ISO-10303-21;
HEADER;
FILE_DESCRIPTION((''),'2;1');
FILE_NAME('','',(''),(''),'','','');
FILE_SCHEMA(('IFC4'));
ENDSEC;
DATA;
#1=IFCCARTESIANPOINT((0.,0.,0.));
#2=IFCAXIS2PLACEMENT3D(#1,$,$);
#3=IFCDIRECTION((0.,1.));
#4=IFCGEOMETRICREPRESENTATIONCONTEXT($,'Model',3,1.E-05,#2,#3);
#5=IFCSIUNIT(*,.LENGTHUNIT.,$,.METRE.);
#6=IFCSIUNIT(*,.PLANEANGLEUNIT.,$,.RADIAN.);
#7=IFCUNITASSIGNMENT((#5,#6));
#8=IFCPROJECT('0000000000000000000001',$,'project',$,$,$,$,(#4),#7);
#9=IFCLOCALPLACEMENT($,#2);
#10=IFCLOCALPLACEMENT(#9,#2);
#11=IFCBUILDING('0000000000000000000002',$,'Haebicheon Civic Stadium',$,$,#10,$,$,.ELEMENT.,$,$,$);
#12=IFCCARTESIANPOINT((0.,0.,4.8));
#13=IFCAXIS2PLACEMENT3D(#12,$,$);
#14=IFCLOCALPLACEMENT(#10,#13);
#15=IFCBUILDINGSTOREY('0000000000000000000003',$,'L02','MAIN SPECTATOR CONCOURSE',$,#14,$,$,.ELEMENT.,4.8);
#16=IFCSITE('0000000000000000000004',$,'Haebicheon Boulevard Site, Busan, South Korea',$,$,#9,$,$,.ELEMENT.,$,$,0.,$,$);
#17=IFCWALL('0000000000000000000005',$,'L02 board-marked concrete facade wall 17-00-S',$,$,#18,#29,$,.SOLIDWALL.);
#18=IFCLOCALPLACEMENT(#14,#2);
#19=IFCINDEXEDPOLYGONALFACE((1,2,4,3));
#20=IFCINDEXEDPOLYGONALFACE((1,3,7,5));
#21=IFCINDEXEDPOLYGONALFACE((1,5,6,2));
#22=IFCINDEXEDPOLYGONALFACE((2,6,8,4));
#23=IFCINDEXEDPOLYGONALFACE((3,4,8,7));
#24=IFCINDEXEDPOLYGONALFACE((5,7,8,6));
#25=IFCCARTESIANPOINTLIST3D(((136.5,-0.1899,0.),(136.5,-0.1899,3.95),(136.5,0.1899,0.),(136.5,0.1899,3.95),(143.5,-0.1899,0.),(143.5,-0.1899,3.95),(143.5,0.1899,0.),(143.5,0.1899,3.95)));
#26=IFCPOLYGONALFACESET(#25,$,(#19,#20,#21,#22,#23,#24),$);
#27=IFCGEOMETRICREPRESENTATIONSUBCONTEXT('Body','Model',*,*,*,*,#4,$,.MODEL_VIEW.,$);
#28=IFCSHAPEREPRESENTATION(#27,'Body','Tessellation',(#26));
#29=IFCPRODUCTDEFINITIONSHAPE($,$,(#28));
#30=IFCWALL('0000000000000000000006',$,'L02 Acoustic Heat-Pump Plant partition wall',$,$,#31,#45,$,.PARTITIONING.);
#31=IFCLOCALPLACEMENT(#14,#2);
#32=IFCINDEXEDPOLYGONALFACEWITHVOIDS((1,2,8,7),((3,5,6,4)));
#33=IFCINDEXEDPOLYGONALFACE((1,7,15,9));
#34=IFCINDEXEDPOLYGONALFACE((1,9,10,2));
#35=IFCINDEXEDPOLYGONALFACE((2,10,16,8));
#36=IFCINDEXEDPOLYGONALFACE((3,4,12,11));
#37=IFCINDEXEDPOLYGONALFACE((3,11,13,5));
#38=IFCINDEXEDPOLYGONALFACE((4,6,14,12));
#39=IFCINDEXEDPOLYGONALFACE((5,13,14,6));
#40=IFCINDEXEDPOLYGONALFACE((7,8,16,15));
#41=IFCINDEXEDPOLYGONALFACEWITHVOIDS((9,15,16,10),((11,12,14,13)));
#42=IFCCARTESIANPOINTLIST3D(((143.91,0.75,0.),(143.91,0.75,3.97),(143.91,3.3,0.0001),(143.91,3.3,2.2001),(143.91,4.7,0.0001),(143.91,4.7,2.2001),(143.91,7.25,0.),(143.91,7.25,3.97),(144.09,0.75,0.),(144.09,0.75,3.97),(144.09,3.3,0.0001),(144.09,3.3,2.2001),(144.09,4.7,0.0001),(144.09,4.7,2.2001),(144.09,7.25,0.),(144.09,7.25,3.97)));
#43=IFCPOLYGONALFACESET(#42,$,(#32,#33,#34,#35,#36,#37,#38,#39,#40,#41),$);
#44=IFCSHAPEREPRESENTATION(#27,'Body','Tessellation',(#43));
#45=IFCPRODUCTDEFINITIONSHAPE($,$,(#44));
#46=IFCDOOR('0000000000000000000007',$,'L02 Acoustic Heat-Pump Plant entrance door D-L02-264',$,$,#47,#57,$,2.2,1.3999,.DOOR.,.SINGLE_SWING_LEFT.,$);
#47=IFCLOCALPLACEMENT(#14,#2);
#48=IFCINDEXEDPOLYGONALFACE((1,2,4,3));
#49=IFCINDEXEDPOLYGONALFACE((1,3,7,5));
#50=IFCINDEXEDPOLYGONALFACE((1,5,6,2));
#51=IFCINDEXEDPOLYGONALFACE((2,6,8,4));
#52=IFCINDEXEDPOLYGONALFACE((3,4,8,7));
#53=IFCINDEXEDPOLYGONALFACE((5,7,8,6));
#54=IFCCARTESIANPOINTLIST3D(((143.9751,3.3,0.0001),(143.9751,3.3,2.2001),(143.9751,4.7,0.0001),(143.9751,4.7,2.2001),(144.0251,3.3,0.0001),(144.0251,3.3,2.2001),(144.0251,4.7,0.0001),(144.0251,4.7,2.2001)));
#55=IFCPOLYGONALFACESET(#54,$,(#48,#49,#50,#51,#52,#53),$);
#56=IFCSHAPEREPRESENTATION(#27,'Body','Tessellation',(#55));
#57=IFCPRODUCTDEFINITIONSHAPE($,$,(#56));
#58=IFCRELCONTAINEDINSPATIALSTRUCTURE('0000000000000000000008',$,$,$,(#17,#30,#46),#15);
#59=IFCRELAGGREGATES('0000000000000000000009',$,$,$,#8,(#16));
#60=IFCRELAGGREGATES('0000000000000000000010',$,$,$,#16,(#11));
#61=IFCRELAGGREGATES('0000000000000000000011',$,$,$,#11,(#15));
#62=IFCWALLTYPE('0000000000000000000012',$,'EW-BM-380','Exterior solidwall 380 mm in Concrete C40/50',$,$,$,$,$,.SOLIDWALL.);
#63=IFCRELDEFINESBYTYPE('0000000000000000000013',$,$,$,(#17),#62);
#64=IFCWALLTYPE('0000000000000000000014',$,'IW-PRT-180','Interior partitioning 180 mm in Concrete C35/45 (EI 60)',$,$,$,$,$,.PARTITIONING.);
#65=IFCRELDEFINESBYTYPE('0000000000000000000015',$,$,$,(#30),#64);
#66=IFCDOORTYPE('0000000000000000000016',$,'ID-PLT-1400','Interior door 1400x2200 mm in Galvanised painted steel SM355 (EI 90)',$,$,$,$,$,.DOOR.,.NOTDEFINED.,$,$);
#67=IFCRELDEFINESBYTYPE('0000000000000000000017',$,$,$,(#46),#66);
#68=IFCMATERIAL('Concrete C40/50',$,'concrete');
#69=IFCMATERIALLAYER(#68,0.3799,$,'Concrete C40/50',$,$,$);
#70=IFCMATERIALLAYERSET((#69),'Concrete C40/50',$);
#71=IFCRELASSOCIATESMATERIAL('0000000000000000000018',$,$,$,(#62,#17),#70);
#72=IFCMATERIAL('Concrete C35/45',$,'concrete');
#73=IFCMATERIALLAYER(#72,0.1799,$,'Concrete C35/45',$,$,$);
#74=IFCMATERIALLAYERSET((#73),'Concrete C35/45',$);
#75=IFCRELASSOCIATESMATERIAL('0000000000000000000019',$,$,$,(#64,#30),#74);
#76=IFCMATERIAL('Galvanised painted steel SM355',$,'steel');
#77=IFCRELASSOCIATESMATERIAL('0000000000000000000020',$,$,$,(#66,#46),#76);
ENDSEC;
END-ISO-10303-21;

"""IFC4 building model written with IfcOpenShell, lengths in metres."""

from ifc_helpers import new_model, si_unit, direction, frame, frame_2d, origin, place, context, subcontext, project, spatial, rectangle, extrude, material, layer, layer_set, type_object, element, fill, save


model = new_model("IFC4")

# Units and contexts
model_context = context("Model", 3, precision=1e-05, world=origin(), true_north=direction((0.0, 1.0)))
body_context = subcontext(model_context, "Body", "Model", "MODEL_VIEW")
ifc_project = project(units=[si_unit("LENGTHUNIT", "METRE"), si_unit("PLANEANGLEUNIT", "RADIAN")], contexts=[model_context])

# Site, building, storey
site_placement = place(None, origin())
site = spatial("IfcSite", under=ifc_project, at=site_placement, Name="Haebicheon Boulevard Site, Busan, South Korea", CompositionType="ELEMENT", RefElevation=0.0)
building_placement = place(site_placement, origin())
building = spatial("IfcBuilding", under=site, at=building_placement, Name="Haebicheon Civic Stadium", CompositionType="ELEMENT")
storey_placement = place(building_placement, frame((0.0, 0.0, 4.8)))
storey = spatial("IfcBuildingStorey", under=building, at=storey_placement, Name="L02", Description="MAIN SPECTATOR CONCOURSE", CompositionType="ELEMENT", Elevation=4.8)

# Wall
ifc_material_1 = material(Name="Concrete C40/50", Category="concrete")
ifc_layer_1 = layer(ifc_material_1, 0.3799, Name="Concrete C40/50")
ifc_layer_set_1 = layer_set([ifc_layer_1], Name="Concrete C40/50")
wall_type_1 = type_object("IfcWallType", Name="EW-BM-380", Description="Exterior solidwall 380 mm in Concrete C40/50", PredefinedType="SOLIDWALL", material=ifc_layer_set_1)
wall_1_placement = place(storey_placement, frame((136.5, 0.0, 0.0), z_axis=(0.0, 0.0, 1.0), x_axis=(1.0, 0.0, 0.0)))
element("IfcWall", 1, at=wall_1_placement, inside=storey, type_object=wall_type_1, material=ifc_layer_set_1, Name="L02 board-marked concrete facade wall 17-00-S", PredefinedType="SOLIDWALL", context=body_context, shape_type="SweptSolid", body=[
    extrude(rectangle(XDim=7.0, YDim=0.3799, at=frame_2d((3.5, 0.0))), origin(), (0.0, 0.0, 1.0), 3.95),
])

# Wall, opening, door
ifc_material_2 = material(Name="Concrete C35/45", Category="concrete")
ifc_layer_2 = layer(ifc_material_2, 0.1799, Name="Concrete C35/45")
ifc_layer_set_2 = layer_set([ifc_layer_2], Name="Concrete C35/45")
wall_type_2 = type_object("IfcWallType", Name="IW-PRT-180", Description="Interior partitioning 180 mm in Concrete C35/45 (EI 60)", PredefinedType="PARTITIONING", material=ifc_layer_set_2)
wall_2_placement = place(storey_placement, frame((144.0, 0.75, 0.0), z_axis=(0.0, 0.0, 1.0), x_axis=(0.0, 1.0, 0.0)))
wall_2 = element("IfcWall", 2, at=wall_2_placement, inside=storey, type_object=wall_type_2, material=ifc_layer_set_2, Name="L02 Acoustic Heat-Pump Plant partition wall", PredefinedType="PARTITIONING", context=body_context, shape_type="SweptSolid", body=[
    extrude(rectangle(XDim=6.5, YDim=0.1799, at=frame_2d((3.25, 0.0))), origin(), (0.0, 0.0, 1.0), 3.97),
])
opening_placement = place(wall_2_placement, frame((2.55, 0.0, 0.0)))
opening = element("IfcOpeningElement", 3, at=opening_placement, cuts=wall_2, PredefinedType="OPENING", context=body_context, shape_type="SweptSolid", body=[
    extrude(rectangle(XDim=1.3999, YDim=2.2, at=frame_2d((0.7, 1.1001))), frame((0.0, 0.0999, 0.0), z_axis=(0.0, -1.0, 0.0), x_axis=(1.0, 0.0, 0.0)), (0.0, 0.0, 1.0), 0.2),
])
ifc_material_3 = material(Name="Galvanised painted steel SM355", Category="steel")
door_type = type_object("IfcDoorType", Name="ID-PLT-1400", Description="Interior door 1400x2200 mm in Galvanised painted steel SM355 (EI 90)", OperationType="NOTDEFINED", PredefinedType="DOOR", material=ifc_material_3)
door_placement = place(opening_placement, origin())
door = element("IfcDoor", 4, at=door_placement, inside=storey, type_object=door_type, material=ifc_material_3, Name="L02 Acoustic Heat-Pump Plant entrance door D-L02-264", OperationType="SINGLE_SWING_LEFT", OverallHeight=2.2, OverallWidth=1.3999, PredefinedType="DOOR", context=body_context, shape_type="SweptSolid", body=[
    extrude(rectangle(XDim=1.3999, YDim=2.2, at=frame_2d((0.7, 1.1001))), frame((0.0, 0.0249, 0.0), z_axis=(0.0, -1.0, 0.0), x_axis=(1.0, 0.0, 0.0)), (0.0, 0.0, 1.0), 0.05),
])
fill(opening, door)

save(model, "model.ifc")
